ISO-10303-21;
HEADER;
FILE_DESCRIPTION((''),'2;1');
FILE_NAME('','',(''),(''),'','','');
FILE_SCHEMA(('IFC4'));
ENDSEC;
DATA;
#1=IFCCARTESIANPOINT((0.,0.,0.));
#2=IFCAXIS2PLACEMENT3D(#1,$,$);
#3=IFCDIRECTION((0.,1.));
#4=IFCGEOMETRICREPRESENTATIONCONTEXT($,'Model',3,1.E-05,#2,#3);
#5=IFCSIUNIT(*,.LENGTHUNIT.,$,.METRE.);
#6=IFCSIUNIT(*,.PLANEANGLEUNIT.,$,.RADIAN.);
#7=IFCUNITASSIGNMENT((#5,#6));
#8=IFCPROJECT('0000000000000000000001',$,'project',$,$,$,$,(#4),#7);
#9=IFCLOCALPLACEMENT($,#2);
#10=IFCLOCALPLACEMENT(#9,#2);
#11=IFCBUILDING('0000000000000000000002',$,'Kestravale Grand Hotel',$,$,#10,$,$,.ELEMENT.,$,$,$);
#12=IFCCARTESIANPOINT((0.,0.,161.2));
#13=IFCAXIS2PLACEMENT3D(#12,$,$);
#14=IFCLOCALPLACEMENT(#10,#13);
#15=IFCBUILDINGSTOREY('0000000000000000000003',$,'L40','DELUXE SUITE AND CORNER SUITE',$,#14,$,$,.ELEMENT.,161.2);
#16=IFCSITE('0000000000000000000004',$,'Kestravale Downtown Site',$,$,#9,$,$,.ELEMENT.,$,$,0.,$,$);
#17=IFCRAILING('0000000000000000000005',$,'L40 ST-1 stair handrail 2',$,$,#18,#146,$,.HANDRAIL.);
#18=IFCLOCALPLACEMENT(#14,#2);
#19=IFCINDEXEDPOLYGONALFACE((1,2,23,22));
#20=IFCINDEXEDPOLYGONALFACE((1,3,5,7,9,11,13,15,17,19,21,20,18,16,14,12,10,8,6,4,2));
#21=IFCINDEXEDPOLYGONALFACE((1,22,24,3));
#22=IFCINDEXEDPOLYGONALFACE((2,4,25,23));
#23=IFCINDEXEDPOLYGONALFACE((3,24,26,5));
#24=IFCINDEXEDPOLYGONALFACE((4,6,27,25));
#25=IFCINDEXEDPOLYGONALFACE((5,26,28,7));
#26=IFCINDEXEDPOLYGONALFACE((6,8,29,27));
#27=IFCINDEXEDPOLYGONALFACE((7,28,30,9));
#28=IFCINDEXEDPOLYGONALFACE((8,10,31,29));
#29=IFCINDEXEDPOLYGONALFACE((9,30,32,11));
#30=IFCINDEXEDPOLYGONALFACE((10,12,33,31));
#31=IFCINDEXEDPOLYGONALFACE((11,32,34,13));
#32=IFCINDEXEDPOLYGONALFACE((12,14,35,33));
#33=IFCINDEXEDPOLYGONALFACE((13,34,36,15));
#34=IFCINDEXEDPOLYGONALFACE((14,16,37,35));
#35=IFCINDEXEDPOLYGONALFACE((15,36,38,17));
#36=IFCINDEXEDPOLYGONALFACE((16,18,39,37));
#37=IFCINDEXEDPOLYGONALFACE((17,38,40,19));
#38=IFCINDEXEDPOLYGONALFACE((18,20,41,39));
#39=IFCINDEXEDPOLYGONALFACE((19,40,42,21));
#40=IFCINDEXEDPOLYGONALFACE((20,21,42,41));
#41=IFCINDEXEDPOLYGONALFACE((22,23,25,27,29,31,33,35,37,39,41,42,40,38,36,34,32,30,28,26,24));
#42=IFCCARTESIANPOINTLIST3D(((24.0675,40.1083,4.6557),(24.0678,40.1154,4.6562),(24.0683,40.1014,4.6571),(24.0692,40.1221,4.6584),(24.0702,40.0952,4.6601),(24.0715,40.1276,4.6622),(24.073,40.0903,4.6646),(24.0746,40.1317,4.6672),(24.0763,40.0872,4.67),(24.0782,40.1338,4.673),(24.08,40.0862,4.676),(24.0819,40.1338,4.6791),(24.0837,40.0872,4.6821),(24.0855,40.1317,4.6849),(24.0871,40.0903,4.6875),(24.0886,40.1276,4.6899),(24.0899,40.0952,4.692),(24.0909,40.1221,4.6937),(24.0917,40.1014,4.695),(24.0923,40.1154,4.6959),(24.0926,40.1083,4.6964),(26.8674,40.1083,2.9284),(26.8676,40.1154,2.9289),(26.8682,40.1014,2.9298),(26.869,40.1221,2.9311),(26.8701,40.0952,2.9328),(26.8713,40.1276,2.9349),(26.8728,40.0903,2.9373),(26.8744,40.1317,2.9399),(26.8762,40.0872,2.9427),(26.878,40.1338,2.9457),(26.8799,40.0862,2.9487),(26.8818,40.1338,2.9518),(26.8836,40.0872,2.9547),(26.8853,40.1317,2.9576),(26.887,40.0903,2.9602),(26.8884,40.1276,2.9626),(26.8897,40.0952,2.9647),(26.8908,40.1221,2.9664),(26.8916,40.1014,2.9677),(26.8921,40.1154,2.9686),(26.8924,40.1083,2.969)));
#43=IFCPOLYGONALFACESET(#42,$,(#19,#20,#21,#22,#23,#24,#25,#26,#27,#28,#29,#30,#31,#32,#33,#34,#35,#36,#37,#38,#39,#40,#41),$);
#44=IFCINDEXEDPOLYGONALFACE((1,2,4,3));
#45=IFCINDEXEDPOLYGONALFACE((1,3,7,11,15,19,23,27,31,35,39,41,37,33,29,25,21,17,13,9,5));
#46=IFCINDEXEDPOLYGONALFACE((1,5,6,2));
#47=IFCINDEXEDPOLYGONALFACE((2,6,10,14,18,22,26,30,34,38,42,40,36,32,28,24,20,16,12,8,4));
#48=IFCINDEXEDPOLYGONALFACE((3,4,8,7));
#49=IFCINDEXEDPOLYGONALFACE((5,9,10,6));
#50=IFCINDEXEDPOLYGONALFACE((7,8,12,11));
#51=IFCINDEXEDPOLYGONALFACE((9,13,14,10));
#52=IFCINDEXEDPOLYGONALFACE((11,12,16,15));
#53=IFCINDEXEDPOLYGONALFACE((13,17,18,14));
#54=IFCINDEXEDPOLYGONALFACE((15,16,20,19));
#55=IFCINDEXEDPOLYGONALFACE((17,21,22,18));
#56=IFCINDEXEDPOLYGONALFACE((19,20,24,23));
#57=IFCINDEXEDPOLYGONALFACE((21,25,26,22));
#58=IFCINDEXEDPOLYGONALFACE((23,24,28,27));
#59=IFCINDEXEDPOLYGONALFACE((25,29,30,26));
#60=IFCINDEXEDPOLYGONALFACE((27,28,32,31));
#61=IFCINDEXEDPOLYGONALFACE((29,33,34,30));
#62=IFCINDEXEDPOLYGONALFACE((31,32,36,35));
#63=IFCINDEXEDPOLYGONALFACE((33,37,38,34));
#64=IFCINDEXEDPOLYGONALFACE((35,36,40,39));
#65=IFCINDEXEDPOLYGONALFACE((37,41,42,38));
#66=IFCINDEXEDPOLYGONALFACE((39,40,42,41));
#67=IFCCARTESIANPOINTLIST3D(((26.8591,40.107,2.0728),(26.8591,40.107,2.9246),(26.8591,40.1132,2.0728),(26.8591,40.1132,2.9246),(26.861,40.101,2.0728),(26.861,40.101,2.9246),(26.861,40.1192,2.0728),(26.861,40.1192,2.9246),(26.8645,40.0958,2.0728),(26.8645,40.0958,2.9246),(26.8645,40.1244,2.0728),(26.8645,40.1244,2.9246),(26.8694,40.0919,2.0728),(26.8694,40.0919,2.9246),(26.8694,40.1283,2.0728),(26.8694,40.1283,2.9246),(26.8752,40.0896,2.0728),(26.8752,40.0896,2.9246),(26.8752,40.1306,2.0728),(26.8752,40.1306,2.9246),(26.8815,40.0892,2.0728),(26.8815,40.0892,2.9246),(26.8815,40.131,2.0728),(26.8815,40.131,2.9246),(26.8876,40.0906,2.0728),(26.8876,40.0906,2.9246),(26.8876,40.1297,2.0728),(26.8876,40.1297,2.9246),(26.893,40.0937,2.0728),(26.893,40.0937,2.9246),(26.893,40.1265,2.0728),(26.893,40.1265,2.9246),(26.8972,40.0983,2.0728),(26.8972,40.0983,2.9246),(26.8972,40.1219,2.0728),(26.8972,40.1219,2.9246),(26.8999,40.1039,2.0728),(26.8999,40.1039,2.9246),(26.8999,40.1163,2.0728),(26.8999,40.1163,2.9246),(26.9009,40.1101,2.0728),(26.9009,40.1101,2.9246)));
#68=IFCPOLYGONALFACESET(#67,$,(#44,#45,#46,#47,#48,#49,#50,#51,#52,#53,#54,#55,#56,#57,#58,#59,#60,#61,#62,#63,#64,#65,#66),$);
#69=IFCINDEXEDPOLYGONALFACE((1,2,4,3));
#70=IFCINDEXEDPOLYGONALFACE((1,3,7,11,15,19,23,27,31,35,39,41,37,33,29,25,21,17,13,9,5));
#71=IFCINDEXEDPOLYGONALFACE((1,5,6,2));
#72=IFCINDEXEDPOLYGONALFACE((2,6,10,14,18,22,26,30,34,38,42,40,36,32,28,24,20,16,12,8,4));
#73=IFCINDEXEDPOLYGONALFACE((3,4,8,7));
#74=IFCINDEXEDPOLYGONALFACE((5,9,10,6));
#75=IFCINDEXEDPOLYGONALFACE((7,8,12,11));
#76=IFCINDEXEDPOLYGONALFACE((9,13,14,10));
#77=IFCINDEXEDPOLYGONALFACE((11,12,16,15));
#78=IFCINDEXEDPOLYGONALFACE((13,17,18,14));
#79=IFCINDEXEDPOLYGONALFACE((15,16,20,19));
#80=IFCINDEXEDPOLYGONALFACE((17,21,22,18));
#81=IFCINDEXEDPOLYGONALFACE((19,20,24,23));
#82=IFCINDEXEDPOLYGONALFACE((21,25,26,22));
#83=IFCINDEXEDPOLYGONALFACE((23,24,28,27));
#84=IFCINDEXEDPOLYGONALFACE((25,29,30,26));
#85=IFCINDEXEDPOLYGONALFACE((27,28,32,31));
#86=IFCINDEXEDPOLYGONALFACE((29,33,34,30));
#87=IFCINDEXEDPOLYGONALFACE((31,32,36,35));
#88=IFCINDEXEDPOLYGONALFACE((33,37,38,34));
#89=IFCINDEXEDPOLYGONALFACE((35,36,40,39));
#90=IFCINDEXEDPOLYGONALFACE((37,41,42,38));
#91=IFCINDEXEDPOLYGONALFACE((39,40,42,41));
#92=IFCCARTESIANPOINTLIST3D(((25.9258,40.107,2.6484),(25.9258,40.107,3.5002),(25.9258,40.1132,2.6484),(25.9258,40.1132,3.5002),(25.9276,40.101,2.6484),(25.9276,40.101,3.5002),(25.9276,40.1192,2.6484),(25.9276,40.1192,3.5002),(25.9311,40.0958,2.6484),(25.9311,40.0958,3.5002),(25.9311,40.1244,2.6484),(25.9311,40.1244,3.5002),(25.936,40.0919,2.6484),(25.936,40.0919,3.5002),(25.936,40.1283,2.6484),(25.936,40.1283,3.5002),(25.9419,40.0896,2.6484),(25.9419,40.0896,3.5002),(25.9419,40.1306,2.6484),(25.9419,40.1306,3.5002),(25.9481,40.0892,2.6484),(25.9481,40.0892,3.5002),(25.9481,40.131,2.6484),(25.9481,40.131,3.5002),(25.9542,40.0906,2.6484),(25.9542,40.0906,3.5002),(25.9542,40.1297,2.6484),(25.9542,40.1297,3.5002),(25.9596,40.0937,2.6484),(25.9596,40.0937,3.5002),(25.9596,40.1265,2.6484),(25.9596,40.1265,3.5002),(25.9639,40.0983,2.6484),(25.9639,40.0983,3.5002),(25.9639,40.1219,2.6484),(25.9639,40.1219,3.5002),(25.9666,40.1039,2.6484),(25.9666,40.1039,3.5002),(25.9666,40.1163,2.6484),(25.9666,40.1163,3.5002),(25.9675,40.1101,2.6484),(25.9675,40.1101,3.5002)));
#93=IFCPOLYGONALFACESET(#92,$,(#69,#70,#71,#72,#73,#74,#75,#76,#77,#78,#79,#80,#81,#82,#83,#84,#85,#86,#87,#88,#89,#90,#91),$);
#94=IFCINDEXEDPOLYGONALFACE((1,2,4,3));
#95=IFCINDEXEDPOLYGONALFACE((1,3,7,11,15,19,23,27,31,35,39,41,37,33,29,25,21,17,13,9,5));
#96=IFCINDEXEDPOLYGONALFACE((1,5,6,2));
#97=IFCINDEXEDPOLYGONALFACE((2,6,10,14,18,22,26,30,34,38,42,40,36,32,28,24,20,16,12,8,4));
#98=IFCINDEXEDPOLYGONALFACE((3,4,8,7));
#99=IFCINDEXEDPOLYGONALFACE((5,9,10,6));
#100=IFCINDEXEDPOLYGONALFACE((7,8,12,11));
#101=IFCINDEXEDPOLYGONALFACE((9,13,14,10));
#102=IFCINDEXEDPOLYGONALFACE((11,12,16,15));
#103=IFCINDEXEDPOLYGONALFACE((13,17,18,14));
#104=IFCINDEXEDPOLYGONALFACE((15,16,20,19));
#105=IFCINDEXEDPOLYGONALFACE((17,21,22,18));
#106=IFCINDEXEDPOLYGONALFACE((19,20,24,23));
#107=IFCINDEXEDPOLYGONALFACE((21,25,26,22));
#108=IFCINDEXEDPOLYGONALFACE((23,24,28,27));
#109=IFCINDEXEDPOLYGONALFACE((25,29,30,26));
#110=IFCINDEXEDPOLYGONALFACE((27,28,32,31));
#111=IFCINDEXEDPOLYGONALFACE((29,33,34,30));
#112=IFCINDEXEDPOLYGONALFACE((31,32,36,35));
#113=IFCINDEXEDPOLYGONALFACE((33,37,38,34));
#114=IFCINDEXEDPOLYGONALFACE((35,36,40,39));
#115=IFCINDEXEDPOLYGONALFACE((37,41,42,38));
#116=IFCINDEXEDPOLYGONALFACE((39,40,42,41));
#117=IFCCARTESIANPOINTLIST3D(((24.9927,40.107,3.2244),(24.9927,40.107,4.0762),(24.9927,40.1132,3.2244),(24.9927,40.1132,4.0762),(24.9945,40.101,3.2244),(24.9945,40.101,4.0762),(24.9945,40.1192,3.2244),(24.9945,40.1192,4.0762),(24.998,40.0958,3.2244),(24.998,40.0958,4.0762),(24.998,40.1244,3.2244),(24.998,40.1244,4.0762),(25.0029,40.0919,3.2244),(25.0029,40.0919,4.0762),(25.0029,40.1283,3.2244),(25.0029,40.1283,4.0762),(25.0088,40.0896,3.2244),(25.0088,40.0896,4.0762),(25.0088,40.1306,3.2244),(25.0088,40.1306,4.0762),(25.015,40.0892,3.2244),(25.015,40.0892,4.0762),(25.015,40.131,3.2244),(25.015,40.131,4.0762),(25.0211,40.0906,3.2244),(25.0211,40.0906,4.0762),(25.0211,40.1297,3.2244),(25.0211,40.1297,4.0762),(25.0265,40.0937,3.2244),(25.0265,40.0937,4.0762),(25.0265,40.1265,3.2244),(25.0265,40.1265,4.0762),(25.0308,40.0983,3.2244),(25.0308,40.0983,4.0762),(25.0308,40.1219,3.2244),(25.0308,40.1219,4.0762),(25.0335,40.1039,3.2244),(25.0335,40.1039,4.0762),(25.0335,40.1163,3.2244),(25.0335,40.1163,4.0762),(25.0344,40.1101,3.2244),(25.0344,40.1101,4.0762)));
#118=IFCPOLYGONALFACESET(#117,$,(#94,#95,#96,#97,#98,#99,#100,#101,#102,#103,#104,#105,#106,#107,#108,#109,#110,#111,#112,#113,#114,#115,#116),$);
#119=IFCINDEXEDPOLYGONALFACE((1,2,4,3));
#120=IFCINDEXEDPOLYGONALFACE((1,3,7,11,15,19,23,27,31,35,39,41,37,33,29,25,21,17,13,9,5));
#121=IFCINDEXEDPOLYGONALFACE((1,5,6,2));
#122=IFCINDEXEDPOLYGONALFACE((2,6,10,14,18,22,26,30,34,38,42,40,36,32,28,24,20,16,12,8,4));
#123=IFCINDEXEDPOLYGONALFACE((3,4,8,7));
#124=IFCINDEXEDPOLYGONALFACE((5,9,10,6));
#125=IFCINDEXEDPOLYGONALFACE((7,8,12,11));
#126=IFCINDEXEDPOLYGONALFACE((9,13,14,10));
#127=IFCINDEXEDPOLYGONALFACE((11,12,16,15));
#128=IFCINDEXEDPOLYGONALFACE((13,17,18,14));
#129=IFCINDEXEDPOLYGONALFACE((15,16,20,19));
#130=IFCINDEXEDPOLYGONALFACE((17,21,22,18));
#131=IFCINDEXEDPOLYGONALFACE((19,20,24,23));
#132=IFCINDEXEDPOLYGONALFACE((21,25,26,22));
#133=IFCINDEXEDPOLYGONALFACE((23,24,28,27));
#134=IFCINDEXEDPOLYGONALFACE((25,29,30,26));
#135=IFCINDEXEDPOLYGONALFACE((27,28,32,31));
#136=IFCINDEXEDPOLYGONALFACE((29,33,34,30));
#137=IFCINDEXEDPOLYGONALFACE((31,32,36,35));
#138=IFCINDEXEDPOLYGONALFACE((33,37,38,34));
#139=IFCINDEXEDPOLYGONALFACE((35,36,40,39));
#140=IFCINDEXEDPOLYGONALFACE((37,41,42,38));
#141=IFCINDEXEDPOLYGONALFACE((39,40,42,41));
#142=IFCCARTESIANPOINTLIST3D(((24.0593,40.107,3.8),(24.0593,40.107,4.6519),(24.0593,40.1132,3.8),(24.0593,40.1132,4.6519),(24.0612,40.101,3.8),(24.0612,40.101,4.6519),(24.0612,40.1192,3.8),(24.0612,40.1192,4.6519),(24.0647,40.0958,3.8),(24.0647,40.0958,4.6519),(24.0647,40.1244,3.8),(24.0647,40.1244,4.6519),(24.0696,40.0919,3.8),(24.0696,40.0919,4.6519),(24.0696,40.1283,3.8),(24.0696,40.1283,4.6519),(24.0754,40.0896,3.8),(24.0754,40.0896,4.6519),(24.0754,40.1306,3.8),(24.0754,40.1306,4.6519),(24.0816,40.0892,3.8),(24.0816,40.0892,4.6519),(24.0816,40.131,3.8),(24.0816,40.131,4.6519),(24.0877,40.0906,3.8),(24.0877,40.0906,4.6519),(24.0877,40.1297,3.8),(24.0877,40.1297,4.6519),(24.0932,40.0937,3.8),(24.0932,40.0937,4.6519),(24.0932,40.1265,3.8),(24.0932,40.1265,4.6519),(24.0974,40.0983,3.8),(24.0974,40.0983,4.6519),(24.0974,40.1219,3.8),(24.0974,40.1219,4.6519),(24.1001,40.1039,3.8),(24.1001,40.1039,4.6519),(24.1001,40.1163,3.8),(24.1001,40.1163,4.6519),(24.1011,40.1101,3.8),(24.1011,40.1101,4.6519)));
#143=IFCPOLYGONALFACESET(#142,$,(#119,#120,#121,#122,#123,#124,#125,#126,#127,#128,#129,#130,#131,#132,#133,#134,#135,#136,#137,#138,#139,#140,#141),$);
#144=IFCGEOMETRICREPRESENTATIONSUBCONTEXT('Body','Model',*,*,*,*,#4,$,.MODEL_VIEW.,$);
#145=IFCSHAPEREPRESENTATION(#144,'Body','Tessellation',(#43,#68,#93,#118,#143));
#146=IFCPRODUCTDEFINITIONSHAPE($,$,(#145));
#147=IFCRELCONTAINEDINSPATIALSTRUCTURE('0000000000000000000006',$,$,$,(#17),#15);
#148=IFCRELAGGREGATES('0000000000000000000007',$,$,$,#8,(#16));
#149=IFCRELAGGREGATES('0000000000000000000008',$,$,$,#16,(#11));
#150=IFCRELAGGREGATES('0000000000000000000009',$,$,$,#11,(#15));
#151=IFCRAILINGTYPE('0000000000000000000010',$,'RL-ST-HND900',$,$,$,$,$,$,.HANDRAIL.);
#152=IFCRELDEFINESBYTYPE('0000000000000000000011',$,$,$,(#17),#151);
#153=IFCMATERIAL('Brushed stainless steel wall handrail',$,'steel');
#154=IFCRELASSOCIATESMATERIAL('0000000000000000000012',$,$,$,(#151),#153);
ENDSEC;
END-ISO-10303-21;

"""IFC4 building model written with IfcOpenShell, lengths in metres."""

from ifc_helpers import new_model, si_unit, direction, frame, origin, origin_2d, place, context, subcontext, project, spatial, circle, extrude, material, type_object, element, save


model = new_model("IFC4")

# Units and contexts
model_context = context("Model", 3, precision=1e-05, world=origin(), true_north=direction((0.0, 1.0)))
body_context = subcontext(model_context, "Body", "Model", "MODEL_VIEW")
ifc_project = project(units=[si_unit("LENGTHUNIT", "METRE"), si_unit("PLANEANGLEUNIT", "RADIAN")], contexts=[model_context])

# Site, building, storey
site_placement = place(None, origin())
site = spatial("IfcSite", under=ifc_project, at=site_placement, Name="Kestravale Downtown Site", CompositionType="ELEMENT", RefElevation=0.0)
building_placement = place(site_placement, origin())
building = spatial("IfcBuilding", under=site, at=building_placement, Name="Kestravale Grand Hotel", CompositionType="ELEMENT")
storey_placement = place(building_placement, frame((0.0, 0.0, 161.2)))
storey = spatial("IfcBuildingStorey", under=building, at=storey_placement, Name="L40", Description="DELUXE SUITE AND CORNER SUITE", CompositionType="ELEMENT", Elevation=161.2)

# Railing
ifc_material_1 = material(Name="Brushed stainless steel wall handrail", Category="steel")
railing_type_1 = type_object("IfcRailingType", Name="RL-ST-HND900", PredefinedType="HANDRAIL", material=ifc_material_1)
railing_1_placement = place(storey_placement, frame((26.8799, 40.1101, 2.0728)))
element("IfcRailing", 1, at=railing_1_placement, inside=storey, type_object=railing_type_1, Name="L40 ST-1 stair handrail 2", PredefinedType="HANDRAIL", context=body_context, shape_type="SweptSolid", body=[
    extrude(circle(Radius=0.0239, at=origin_2d()), frame((0.0, 0.0, 0.876), z_axis=(-0.851069, 0.0, 0.525054), x_axis=(0.0, -1.0, 0.0)), (0.0, 0.0, 1.0), 3.2898),
    extrude(circle(Radius=0.021, at=origin_2d()), origin(), (0.0, 0.0, 1.0), 0.8518),
    extrude(circle(Radius=0.021, at=origin_2d()), frame((-0.9333, 0.0, 0.5757)), (0.0, 0.0, 1.0), 0.8518),
    extrude(circle(Radius=0.021, at=origin_2d()), frame((-1.8665, 0.0, 1.1516)), (0.0, 0.0, 1.0), 0.8518),
    extrude(circle(Radius=0.021, at=origin_2d()), frame((-2.7998, 0.0, 1.7273)), (0.0, 0.0, 1.0), 0.8518),
])

save(model, "model.ifc")
